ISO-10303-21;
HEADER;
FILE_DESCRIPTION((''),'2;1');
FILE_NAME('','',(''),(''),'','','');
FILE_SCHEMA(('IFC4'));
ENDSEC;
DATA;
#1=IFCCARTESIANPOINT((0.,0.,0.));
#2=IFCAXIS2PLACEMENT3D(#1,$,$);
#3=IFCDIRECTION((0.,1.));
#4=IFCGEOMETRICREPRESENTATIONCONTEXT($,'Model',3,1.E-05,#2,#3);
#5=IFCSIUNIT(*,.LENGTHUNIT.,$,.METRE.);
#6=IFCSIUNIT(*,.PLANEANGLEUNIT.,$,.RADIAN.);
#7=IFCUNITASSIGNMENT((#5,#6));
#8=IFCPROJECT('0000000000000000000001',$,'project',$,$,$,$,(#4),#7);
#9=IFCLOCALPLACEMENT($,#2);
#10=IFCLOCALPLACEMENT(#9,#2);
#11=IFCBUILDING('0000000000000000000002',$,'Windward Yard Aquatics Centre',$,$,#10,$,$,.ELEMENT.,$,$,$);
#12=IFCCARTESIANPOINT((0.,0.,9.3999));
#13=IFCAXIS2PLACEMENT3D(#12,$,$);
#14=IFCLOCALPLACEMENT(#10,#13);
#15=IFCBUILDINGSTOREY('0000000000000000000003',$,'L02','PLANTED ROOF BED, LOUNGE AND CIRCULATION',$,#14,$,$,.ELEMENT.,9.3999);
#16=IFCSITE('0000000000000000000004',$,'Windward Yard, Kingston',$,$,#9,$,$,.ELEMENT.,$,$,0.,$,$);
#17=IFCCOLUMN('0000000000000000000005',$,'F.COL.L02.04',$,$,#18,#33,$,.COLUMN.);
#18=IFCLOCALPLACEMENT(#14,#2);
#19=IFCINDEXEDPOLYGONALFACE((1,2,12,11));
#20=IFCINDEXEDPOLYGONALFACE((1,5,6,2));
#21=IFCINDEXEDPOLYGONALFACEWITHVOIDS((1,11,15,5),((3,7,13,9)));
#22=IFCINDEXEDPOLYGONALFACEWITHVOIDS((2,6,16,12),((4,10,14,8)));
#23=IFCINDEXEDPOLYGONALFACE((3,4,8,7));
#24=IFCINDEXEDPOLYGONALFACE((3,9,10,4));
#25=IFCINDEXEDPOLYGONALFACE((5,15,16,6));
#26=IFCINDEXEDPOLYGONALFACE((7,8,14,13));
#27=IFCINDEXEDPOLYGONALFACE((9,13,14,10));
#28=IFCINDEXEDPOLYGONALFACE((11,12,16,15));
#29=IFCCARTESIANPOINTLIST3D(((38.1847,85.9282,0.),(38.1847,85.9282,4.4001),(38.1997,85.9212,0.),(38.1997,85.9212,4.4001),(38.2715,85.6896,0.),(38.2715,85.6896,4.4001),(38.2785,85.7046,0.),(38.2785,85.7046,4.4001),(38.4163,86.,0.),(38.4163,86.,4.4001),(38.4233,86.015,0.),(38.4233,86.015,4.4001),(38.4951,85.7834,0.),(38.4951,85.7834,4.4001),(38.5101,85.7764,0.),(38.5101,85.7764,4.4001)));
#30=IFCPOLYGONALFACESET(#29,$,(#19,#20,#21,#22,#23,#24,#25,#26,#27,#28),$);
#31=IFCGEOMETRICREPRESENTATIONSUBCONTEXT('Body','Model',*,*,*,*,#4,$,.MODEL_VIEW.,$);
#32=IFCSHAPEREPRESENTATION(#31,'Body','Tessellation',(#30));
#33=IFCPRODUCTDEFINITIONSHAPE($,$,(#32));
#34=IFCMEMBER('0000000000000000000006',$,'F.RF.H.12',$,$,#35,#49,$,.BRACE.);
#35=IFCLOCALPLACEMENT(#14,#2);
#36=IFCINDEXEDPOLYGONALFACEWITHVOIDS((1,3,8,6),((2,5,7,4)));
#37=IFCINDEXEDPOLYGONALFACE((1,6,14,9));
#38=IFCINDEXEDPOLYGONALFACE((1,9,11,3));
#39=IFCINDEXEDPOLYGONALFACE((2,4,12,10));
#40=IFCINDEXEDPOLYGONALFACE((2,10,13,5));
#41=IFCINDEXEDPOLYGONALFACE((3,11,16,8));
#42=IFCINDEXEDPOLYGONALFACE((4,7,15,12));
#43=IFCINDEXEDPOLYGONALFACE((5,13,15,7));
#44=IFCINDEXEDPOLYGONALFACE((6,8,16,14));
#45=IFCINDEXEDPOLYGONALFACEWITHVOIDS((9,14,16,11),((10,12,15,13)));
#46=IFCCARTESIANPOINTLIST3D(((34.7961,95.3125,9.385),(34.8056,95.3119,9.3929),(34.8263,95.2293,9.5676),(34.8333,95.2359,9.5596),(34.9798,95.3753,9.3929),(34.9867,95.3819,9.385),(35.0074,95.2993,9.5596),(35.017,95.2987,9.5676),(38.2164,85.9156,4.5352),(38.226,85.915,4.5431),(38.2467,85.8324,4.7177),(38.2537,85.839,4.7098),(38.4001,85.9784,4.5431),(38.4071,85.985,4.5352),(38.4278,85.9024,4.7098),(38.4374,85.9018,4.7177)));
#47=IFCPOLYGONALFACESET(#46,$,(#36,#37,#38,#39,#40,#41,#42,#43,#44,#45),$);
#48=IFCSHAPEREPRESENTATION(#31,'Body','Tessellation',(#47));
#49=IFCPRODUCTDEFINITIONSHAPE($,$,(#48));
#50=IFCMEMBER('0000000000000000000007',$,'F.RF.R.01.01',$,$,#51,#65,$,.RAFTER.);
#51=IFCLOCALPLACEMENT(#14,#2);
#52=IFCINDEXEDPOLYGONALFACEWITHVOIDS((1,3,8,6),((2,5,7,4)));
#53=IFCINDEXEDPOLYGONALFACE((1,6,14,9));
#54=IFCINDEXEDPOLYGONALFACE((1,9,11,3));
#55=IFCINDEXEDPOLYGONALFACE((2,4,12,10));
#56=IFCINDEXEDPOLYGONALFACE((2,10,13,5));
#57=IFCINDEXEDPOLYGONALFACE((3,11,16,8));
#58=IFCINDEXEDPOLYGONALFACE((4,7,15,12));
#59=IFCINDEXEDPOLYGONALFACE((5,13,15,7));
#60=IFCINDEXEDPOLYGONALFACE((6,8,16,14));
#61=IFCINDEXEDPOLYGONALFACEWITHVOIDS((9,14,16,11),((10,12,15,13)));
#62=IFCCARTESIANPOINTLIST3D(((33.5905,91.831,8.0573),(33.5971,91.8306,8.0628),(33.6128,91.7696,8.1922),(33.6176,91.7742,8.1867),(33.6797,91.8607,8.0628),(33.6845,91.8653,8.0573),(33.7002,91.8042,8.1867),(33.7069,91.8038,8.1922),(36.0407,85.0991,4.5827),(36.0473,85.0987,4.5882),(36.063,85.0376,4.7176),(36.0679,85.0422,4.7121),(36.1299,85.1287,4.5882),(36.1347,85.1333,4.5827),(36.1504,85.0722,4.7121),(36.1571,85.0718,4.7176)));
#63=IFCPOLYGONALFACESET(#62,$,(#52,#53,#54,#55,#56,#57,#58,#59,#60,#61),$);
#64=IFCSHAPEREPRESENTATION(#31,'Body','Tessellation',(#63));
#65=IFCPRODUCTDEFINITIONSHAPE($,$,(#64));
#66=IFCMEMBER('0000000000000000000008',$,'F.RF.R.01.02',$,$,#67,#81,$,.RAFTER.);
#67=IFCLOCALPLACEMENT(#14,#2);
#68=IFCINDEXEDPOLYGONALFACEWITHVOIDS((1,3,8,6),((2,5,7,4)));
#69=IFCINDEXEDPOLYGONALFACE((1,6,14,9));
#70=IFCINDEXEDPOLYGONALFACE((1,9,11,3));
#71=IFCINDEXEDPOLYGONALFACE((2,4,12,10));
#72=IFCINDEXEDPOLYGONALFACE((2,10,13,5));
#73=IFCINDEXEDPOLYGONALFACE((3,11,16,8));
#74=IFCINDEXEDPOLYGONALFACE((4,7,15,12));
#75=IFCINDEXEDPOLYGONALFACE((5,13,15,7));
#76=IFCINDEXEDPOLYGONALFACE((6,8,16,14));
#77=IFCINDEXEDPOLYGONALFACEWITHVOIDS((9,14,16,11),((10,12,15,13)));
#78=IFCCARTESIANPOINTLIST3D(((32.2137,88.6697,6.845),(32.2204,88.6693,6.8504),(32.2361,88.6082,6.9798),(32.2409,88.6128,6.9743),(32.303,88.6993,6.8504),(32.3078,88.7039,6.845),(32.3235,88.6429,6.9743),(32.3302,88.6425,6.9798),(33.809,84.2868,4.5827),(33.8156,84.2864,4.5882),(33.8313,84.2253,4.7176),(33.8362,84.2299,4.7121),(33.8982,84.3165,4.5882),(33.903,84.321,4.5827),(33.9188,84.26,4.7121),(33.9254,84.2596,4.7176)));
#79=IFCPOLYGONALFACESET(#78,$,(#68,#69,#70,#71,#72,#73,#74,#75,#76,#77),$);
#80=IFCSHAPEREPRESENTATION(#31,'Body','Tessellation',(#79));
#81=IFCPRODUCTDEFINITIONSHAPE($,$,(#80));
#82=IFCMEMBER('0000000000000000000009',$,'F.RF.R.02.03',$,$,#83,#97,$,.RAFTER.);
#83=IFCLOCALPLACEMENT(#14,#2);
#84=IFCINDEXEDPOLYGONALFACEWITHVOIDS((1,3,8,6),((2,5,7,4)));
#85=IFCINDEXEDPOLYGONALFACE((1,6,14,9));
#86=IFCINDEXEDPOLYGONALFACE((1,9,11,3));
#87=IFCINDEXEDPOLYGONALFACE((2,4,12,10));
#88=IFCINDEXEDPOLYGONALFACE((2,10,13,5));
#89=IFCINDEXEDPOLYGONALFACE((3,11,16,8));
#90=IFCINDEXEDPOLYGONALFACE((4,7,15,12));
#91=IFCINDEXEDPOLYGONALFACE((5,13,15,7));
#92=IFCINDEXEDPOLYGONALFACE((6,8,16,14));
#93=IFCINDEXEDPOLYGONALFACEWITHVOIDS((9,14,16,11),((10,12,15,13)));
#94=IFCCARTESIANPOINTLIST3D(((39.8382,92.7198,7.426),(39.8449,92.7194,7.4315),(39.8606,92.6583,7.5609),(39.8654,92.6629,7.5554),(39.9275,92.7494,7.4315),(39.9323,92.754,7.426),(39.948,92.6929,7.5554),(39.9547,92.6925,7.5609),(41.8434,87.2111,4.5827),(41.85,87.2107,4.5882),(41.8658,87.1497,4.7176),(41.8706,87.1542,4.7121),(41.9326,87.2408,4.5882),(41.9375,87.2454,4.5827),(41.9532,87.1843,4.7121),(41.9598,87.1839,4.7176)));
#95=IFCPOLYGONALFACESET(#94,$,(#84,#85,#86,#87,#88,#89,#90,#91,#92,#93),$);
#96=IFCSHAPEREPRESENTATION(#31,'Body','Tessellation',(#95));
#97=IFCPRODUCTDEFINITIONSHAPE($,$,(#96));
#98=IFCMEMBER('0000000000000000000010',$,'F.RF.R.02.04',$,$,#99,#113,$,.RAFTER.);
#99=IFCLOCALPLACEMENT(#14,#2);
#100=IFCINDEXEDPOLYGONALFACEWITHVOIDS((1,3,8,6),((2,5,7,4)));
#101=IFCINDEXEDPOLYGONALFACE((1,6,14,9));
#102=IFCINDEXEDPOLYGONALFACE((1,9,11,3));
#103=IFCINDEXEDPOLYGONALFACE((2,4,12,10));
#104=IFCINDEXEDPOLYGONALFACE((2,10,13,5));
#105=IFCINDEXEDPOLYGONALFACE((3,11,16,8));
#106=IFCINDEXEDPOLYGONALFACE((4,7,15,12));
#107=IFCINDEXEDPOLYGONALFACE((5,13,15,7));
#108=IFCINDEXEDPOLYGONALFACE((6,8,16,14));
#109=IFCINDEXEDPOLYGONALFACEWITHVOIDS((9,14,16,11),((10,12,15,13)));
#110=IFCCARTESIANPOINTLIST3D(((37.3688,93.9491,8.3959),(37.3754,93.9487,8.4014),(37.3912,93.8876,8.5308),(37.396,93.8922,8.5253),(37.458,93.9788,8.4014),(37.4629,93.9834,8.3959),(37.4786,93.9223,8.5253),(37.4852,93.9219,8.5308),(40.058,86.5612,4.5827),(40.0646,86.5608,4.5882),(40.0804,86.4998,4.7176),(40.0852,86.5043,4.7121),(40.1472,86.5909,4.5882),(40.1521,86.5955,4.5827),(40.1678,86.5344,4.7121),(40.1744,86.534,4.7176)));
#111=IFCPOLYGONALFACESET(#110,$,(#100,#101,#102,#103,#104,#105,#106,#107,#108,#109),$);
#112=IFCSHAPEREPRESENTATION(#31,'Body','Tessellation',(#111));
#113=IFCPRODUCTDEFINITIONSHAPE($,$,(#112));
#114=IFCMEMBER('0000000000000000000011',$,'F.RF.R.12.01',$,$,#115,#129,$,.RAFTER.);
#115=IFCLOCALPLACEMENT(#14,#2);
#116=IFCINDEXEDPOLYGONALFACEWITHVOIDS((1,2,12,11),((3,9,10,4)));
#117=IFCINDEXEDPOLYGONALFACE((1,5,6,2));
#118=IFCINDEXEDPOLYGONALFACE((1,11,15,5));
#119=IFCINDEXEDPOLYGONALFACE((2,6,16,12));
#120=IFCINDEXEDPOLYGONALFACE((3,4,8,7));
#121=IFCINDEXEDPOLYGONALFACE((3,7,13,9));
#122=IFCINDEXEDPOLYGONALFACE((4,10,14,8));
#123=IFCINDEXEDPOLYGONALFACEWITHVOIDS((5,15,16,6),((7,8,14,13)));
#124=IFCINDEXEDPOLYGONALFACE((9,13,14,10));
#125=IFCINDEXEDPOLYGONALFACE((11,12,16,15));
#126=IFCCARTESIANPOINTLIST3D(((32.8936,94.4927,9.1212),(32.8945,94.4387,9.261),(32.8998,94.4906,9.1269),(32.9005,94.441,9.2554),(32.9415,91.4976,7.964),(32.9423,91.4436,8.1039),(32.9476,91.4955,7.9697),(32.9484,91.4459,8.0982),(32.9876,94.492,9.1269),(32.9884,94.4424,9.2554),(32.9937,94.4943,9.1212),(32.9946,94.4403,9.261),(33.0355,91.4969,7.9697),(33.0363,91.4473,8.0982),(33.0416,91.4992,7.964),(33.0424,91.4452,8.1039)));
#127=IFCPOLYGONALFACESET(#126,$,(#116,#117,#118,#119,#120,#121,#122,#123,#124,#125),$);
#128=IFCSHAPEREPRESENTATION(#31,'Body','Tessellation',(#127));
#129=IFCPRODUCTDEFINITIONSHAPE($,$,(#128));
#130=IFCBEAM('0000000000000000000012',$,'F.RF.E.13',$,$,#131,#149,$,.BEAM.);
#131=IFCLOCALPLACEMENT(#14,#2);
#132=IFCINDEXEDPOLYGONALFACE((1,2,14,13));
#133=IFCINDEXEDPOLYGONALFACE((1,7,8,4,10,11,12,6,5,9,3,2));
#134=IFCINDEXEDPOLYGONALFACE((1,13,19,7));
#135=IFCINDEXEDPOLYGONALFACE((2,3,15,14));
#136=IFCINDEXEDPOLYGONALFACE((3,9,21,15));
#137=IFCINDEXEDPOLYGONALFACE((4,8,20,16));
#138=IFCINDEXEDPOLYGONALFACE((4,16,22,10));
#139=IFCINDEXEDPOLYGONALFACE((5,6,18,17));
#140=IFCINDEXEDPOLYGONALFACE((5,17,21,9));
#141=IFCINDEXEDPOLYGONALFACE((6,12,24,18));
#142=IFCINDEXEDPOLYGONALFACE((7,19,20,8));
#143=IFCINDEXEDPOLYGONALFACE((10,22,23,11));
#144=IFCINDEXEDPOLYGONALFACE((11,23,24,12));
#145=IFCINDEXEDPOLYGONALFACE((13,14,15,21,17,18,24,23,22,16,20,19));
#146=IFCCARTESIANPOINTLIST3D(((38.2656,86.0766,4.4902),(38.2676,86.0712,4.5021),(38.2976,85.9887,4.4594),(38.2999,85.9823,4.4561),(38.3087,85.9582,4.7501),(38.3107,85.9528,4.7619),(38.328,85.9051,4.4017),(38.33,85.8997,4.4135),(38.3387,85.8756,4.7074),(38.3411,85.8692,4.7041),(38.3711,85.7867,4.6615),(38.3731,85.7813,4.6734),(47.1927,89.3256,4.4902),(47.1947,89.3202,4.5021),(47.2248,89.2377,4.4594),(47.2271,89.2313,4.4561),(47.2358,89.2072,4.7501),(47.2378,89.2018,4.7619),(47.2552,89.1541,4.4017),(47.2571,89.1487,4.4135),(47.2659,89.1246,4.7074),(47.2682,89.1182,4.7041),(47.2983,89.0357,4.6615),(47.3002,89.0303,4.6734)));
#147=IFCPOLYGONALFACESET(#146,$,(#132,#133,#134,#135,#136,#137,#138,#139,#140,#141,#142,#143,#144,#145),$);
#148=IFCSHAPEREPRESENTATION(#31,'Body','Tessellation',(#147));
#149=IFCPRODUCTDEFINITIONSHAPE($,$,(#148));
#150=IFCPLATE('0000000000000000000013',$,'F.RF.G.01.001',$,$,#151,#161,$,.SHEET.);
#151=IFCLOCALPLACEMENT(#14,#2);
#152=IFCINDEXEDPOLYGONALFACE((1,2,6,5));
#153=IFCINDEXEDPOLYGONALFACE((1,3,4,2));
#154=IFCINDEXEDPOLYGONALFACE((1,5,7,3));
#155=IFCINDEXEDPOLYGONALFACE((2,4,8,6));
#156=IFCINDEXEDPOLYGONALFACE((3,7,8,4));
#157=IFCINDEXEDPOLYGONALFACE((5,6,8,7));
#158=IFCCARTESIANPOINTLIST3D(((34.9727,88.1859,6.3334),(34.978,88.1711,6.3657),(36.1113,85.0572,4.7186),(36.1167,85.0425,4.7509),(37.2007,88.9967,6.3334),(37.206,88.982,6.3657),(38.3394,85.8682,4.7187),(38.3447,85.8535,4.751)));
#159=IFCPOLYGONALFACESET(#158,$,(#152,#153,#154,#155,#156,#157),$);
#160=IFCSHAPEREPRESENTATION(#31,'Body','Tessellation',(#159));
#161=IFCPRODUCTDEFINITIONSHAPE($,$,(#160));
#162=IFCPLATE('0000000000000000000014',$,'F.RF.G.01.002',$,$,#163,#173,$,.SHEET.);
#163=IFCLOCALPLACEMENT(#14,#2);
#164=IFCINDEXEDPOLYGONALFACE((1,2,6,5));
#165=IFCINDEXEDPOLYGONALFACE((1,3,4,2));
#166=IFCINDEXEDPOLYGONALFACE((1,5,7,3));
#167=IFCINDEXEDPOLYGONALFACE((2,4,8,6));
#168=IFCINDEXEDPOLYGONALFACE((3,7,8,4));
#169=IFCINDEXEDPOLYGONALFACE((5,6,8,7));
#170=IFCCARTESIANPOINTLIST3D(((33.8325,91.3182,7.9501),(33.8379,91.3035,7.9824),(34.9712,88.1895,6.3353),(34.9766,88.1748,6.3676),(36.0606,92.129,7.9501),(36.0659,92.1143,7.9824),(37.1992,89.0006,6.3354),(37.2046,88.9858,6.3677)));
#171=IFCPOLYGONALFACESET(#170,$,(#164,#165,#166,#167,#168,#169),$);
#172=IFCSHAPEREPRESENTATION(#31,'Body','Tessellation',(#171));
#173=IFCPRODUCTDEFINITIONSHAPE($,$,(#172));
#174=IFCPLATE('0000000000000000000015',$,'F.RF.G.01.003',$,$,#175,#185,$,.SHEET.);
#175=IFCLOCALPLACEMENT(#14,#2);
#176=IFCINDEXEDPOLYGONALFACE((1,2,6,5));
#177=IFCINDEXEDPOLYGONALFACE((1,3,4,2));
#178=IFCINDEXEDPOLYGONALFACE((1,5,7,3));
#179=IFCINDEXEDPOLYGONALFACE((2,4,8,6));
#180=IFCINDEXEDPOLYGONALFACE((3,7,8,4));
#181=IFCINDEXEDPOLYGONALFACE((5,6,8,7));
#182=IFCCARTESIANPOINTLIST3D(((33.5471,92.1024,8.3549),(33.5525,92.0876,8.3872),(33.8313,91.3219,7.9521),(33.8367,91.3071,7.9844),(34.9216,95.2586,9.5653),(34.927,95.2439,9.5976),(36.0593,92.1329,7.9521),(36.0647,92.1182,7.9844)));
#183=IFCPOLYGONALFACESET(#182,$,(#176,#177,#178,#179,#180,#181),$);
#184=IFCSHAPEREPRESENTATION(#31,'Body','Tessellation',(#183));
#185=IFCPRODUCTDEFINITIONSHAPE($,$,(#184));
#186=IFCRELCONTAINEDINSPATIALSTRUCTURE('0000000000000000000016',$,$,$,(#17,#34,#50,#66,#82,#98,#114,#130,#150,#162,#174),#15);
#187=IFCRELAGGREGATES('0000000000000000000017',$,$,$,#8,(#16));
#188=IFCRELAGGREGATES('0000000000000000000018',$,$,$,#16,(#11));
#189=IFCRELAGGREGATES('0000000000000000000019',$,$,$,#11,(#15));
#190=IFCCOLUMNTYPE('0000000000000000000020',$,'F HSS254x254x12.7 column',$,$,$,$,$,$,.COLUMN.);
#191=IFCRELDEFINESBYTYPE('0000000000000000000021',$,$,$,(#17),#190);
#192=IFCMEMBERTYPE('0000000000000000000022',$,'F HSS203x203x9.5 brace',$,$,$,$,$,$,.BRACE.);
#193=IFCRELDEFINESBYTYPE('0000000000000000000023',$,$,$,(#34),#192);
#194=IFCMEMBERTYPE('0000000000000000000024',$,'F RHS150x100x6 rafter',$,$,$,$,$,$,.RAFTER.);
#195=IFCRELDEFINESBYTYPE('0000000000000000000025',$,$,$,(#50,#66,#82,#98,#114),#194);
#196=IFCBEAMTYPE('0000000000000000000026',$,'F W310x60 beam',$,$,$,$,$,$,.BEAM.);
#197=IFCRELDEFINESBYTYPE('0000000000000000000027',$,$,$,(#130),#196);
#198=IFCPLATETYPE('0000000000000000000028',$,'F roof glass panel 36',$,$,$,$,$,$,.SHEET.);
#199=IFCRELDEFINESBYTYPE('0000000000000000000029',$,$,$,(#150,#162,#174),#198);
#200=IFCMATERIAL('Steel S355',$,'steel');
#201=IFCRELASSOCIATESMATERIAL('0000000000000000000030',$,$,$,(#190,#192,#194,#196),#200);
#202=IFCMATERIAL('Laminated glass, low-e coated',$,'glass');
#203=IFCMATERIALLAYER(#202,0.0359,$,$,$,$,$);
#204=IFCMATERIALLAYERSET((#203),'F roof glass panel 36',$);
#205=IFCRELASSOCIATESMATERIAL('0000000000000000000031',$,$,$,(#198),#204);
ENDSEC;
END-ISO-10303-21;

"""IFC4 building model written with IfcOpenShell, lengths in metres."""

from ifc_helpers import new_model, si_unit, direction, frame, origin, origin_2d, place, context, subcontext, project, spatial, polyline, hollow_rectangle, i_section, outline, extrude, material, layer, layer_set, material_profile, profile_set, type_object, element, save


model = new_model("IFC4")

# Units and contexts
model_context = context("Model", 3, precision=1e-05, world=origin(), true_north=direction((0.0, 1.0)))
body_context = subcontext(model_context, "Body", "Model", "MODEL_VIEW")
ifc_project = project(units=[si_unit("LENGTHUNIT", "METRE"), si_unit("PLANEANGLEUNIT", "RADIAN")], contexts=[model_context])

# Site, building, storey
site_placement = place(None, origin())
site = spatial("IfcSite", under=ifc_project, at=site_placement, Name="Windward Yard, Kingston", CompositionType="ELEMENT", RefElevation=0.0)
building_placement = place(site_placement, origin())
building = spatial("IfcBuilding", under=site, at=building_placement, Name="Windward Yard Aquatics Centre", CompositionType="ELEMENT")
storey_placement = place(building_placement, frame((0.0, 0.0, 9.3999)))
storey = spatial("IfcBuildingStorey", under=building, at=storey_placement, Name="L02", Description="PLANTED ROOF BED, LOUNGE AND CIRCULATION", CompositionType="ELEMENT", Elevation=9.3999)

# Column
ifc_material_1 = material(Name="Steel S355", Category="steel")
ifc_material_profile_1 = material_profile(ifc_material_1, hollow_rectangle(XDim=0.2539, YDim=0.2539, WallThickness=0.0117, at=origin_2d()), Name="HSS254x254x12.7")
ifc_profile_set_1 = profile_set([ifc_material_profile_1], Name="Steel S355")
column_type = type_object("IfcColumnType", Name="F HSS254x254x12.7 column", PredefinedType="COLUMN", material=ifc_profile_set_1)
column_placement = place(storey_placement, frame((38.3474, 85.8523, 0.0), z_axis=(0.0, 0.0, 1.0), x_axis=(0.939693, 0.34202, 0.0)))
element("IfcColumn", 1, at=column_placement, inside=storey, type_object=column_type, Name="F.COL.L02.04", PredefinedType="COLUMN", context=body_context, shape_type="SweptSolid", body=[
    extrude(hollow_rectangle(XDim=0.2539, YDim=0.2539, WallThickness=0.0117, at=origin_2d()), origin(), (0.0, 0.0, 1.0), 4.4001),
])

# Members
ifc_material_profile_2 = material_profile(ifc_material_1, hollow_rectangle(XDim=0.2029, YDim=0.2029, WallThickness=0.0088, at=origin_2d()), Name="HSS203x203x9.5")
ifc_profile_set_2 = profile_set([ifc_material_profile_2], Name="Steel S355")
member_type_1 = type_object("IfcMemberType", Name="F HSS203x203x9.5 brace", PredefinedType="BRACE", material=ifc_profile_set_2)
member_1_placement = place(storey_placement, frame((38.3269, 85.9087, 4.6265), z_axis=(-0.307754, 0.8455, 0.436369), x_axis=(-0.939686, -0.342037, 0.0)))
element("IfcMember", 2, at=member_1_placement, inside=storey, type_object=member_type_1, Name="F.RF.H.12", PredefinedType="BRACE", context=body_context, shape_type="SweptSolid", body=[
    extrude(hollow_rectangle(XDim=0.2029, YDim=0.2029, WallThickness=0.0088, at=origin_2d()), origin(), (0.0, 0.0, 1.0), 11.114),
])
ifc_material_profile_3 = material_profile(ifc_material_1, hollow_rectangle(XDim=0.1001, YDim=0.1499, WallThickness=0.0061, at=origin_2d()), Name="RHS150x100x6")
ifc_profile_set_3 = profile_set([ifc_material_profile_3], Name="Steel S355")
member_type_2 = type_object("IfcMemberType", Name="F RHS150x100x6 rafter", PredefinedType="RAFTER", material=ifc_profile_set_3)
member_2_placement = place(storey_placement, frame((36.0989, 85.0854, 4.6501), z_axis=(-0.307732, 0.845496, 0.436393), x_axis=(-0.939694, -0.342017, 0.0)))
element("IfcMember", 3, at=member_2_placement, inside=storey, type_object=member_type_2, Name="F.RF.R.01.01", PredefinedType="RAFTER", context=body_context, shape_type="SweptSolid", body=[
    extrude(hollow_rectangle(XDim=0.1001, YDim=0.1499, WallThickness=0.0061, at=origin_2d()), origin(), (0.0, 0.0, 1.0), 7.9622),
])
member_3_placement = place(storey_placement, frame((33.8672, 84.2732, 4.6501), z_axis=(-0.307733, 0.84549, 0.436403), x_axis=(-0.939693, -0.34202, 0.0)))
element("IfcMember", 4, at=member_3_placement, inside=storey, type_object=member_type_2, Name="F.RF.R.01.02", PredefinedType="RAFTER", context=body_context, shape_type="SweptSolid", body=[
    extrude(hollow_rectangle(XDim=0.1001, YDim=0.1499, WallThickness=0.0061, at=origin_2d()), origin(), (0.0, 0.0, 1.0), 5.1838),
])
member_4_placement = place(storey_placement, frame((41.9016, 87.1975, 4.6501), z_axis=(-0.307758, 0.845482, 0.4364), x_axis=(-0.939683, -0.342047, 0.0)))
element("IfcMember", 5, at=member_4_placement, inside=storey, type_object=member_type_2, Name="F.RF.R.02.03", PredefinedType="RAFTER", context=body_context, shape_type="SweptSolid", body=[
    extrude(hollow_rectangle(XDim=0.1001, YDim=0.1499, WallThickness=0.0061, at=origin_2d()), origin(), (0.0, 0.0, 1.0), 6.5154),
])
member_5_placement = place(storey_placement, frame((40.1162, 86.5476, 4.6501), z_axis=(-0.307757, 0.845487, 0.436392), x_axis=(-0.939684, -0.342045, 0.0)))
element("IfcMember", 6, at=member_5_placement, inside=storey, type_object=member_type_2, Name="F.RF.R.02.04", PredefinedType="RAFTER", context=body_context, shape_type="SweptSolid", body=[
    extrude(hollow_rectangle(XDim=0.1001, YDim=0.1499, WallThickness=0.0061, at=origin_2d()), origin(), (0.0, 0.0, 1.0), 8.738),
])
member_6_placement = place(storey_placement, frame((32.9919, 91.4714, 8.0339), z_axis=(-0.014901, 0.932692, 0.360365), x_axis=(-0.999872, -0.015974, 0.0)))
element("IfcMember", 7, at=member_6_placement, inside=storey, type_object=member_type_2, Name="F.RF.R.12.01", PredefinedType="RAFTER", context=body_context, shape_type="SweptSolid", body=[
    extrude(hollow_rectangle(XDim=0.1001, YDim=0.1499, WallThickness=0.0061, at=origin_2d()), origin(), (0.0, 0.0, 1.0), 3.2112),
])

# Beam
ifc_material_profile_4 = material_profile(ifc_material_1, i_section(OverallWidth=0.2029, OverallDepth=0.302, WebThickness=0.0076, FlangeThickness=0.0132, at=origin_2d()), Name="W310x60")
ifc_profile_set_4 = profile_set([ifc_material_profile_4], Name="Steel S355")
beam_type = type_object("IfcBeamType", Name="F W310x60 beam", PredefinedType="BEAM", material=ifc_profile_set_4)
beam_placement = place(storey_placement, frame((38.3193, 85.929, 4.5818), z_axis=(0.9397, 0.341999, 0.0), x_axis=(-0.307717, 0.845505, 0.436384)))
element("IfcBeam", 8, at=beam_placement, inside=storey, type_object=beam_type, Name="F.RF.E.13", PredefinedType="BEAM", context=body_context, shape_type="SweptSolid", body=[
    extrude(i_section(OverallWidth=0.2029, OverallDepth=0.302, WebThickness=0.0076, FlangeThickness=0.0132, at=origin_2d()), origin(), (0.0, 0.0, 1.0), 9.5),
])

# Plates
ifc_material_2 = material(Name="Laminated glass, low-e coated", Category="glass")
ifc_layer_1 = layer(ifc_material_2, 0.0359)
ifc_layer_set_1 = layer_set([ifc_layer_1], Name="F roof glass panel 36")
plate_type = type_object("IfcPlateType", Name="F roof glass panel 36", PredefinedType="SHEET", material=ifc_layer_set_1)
for number, where, z_axis, x_axis, name in (
    (9, (34.978, 88.1711, 6.3657), (0.149251, -0.410074, 0.899758), (0.939709, 0.341975, -0.000019), "F.RF.G.01.001"),
    (10, (33.8379, 91.3035, 7.9824), (0.149251, -0.410074, 0.899758), (0.939709, 0.341975, -0.000019), "F.RF.G.01.002"),
):
    element("IfcPlate", number, at=place(storey_placement, frame(where, z_axis=z_axis, x_axis=x_axis)), inside=storey, type_object=plate_type, Name=name, PredefinedType="SHEET", context=body_context, shape_type="SweptSolid", body=[
        extrude(outline(polyline([(0.0, 0.0), (2.371, 0.0), (2.3712, -3.7001), (0.0001, -3.7003), (0.0, 0.0)])), origin(), (0.0, 0.0, -1.0), 0.0359),
    ])
plate_1_placement = place(storey_placement, frame((33.5525, 92.0876, 8.3872), z_axis=(0.149258, -0.41006, 0.899763), x_axis=(0.376664, 0.864927, 0.331701)))
element("IfcPlate", 11, at=plate_1_placement, inside=storey, type_object=plate_type, Name="F.RF.G.01.003", PredefinedType="SHEET", context=body_context, shape_type="SweptSolid", body=[
    extrude(outline(polyline([(0.0, 0.0), (3.6492, 0.0), (0.839, -2.4022), (-0.7017, -0.5999), (0.0, 0.0)])), origin(), (0.0, 0.0, -1.0), 0.0359),
])

save(model, "model.ifc")
